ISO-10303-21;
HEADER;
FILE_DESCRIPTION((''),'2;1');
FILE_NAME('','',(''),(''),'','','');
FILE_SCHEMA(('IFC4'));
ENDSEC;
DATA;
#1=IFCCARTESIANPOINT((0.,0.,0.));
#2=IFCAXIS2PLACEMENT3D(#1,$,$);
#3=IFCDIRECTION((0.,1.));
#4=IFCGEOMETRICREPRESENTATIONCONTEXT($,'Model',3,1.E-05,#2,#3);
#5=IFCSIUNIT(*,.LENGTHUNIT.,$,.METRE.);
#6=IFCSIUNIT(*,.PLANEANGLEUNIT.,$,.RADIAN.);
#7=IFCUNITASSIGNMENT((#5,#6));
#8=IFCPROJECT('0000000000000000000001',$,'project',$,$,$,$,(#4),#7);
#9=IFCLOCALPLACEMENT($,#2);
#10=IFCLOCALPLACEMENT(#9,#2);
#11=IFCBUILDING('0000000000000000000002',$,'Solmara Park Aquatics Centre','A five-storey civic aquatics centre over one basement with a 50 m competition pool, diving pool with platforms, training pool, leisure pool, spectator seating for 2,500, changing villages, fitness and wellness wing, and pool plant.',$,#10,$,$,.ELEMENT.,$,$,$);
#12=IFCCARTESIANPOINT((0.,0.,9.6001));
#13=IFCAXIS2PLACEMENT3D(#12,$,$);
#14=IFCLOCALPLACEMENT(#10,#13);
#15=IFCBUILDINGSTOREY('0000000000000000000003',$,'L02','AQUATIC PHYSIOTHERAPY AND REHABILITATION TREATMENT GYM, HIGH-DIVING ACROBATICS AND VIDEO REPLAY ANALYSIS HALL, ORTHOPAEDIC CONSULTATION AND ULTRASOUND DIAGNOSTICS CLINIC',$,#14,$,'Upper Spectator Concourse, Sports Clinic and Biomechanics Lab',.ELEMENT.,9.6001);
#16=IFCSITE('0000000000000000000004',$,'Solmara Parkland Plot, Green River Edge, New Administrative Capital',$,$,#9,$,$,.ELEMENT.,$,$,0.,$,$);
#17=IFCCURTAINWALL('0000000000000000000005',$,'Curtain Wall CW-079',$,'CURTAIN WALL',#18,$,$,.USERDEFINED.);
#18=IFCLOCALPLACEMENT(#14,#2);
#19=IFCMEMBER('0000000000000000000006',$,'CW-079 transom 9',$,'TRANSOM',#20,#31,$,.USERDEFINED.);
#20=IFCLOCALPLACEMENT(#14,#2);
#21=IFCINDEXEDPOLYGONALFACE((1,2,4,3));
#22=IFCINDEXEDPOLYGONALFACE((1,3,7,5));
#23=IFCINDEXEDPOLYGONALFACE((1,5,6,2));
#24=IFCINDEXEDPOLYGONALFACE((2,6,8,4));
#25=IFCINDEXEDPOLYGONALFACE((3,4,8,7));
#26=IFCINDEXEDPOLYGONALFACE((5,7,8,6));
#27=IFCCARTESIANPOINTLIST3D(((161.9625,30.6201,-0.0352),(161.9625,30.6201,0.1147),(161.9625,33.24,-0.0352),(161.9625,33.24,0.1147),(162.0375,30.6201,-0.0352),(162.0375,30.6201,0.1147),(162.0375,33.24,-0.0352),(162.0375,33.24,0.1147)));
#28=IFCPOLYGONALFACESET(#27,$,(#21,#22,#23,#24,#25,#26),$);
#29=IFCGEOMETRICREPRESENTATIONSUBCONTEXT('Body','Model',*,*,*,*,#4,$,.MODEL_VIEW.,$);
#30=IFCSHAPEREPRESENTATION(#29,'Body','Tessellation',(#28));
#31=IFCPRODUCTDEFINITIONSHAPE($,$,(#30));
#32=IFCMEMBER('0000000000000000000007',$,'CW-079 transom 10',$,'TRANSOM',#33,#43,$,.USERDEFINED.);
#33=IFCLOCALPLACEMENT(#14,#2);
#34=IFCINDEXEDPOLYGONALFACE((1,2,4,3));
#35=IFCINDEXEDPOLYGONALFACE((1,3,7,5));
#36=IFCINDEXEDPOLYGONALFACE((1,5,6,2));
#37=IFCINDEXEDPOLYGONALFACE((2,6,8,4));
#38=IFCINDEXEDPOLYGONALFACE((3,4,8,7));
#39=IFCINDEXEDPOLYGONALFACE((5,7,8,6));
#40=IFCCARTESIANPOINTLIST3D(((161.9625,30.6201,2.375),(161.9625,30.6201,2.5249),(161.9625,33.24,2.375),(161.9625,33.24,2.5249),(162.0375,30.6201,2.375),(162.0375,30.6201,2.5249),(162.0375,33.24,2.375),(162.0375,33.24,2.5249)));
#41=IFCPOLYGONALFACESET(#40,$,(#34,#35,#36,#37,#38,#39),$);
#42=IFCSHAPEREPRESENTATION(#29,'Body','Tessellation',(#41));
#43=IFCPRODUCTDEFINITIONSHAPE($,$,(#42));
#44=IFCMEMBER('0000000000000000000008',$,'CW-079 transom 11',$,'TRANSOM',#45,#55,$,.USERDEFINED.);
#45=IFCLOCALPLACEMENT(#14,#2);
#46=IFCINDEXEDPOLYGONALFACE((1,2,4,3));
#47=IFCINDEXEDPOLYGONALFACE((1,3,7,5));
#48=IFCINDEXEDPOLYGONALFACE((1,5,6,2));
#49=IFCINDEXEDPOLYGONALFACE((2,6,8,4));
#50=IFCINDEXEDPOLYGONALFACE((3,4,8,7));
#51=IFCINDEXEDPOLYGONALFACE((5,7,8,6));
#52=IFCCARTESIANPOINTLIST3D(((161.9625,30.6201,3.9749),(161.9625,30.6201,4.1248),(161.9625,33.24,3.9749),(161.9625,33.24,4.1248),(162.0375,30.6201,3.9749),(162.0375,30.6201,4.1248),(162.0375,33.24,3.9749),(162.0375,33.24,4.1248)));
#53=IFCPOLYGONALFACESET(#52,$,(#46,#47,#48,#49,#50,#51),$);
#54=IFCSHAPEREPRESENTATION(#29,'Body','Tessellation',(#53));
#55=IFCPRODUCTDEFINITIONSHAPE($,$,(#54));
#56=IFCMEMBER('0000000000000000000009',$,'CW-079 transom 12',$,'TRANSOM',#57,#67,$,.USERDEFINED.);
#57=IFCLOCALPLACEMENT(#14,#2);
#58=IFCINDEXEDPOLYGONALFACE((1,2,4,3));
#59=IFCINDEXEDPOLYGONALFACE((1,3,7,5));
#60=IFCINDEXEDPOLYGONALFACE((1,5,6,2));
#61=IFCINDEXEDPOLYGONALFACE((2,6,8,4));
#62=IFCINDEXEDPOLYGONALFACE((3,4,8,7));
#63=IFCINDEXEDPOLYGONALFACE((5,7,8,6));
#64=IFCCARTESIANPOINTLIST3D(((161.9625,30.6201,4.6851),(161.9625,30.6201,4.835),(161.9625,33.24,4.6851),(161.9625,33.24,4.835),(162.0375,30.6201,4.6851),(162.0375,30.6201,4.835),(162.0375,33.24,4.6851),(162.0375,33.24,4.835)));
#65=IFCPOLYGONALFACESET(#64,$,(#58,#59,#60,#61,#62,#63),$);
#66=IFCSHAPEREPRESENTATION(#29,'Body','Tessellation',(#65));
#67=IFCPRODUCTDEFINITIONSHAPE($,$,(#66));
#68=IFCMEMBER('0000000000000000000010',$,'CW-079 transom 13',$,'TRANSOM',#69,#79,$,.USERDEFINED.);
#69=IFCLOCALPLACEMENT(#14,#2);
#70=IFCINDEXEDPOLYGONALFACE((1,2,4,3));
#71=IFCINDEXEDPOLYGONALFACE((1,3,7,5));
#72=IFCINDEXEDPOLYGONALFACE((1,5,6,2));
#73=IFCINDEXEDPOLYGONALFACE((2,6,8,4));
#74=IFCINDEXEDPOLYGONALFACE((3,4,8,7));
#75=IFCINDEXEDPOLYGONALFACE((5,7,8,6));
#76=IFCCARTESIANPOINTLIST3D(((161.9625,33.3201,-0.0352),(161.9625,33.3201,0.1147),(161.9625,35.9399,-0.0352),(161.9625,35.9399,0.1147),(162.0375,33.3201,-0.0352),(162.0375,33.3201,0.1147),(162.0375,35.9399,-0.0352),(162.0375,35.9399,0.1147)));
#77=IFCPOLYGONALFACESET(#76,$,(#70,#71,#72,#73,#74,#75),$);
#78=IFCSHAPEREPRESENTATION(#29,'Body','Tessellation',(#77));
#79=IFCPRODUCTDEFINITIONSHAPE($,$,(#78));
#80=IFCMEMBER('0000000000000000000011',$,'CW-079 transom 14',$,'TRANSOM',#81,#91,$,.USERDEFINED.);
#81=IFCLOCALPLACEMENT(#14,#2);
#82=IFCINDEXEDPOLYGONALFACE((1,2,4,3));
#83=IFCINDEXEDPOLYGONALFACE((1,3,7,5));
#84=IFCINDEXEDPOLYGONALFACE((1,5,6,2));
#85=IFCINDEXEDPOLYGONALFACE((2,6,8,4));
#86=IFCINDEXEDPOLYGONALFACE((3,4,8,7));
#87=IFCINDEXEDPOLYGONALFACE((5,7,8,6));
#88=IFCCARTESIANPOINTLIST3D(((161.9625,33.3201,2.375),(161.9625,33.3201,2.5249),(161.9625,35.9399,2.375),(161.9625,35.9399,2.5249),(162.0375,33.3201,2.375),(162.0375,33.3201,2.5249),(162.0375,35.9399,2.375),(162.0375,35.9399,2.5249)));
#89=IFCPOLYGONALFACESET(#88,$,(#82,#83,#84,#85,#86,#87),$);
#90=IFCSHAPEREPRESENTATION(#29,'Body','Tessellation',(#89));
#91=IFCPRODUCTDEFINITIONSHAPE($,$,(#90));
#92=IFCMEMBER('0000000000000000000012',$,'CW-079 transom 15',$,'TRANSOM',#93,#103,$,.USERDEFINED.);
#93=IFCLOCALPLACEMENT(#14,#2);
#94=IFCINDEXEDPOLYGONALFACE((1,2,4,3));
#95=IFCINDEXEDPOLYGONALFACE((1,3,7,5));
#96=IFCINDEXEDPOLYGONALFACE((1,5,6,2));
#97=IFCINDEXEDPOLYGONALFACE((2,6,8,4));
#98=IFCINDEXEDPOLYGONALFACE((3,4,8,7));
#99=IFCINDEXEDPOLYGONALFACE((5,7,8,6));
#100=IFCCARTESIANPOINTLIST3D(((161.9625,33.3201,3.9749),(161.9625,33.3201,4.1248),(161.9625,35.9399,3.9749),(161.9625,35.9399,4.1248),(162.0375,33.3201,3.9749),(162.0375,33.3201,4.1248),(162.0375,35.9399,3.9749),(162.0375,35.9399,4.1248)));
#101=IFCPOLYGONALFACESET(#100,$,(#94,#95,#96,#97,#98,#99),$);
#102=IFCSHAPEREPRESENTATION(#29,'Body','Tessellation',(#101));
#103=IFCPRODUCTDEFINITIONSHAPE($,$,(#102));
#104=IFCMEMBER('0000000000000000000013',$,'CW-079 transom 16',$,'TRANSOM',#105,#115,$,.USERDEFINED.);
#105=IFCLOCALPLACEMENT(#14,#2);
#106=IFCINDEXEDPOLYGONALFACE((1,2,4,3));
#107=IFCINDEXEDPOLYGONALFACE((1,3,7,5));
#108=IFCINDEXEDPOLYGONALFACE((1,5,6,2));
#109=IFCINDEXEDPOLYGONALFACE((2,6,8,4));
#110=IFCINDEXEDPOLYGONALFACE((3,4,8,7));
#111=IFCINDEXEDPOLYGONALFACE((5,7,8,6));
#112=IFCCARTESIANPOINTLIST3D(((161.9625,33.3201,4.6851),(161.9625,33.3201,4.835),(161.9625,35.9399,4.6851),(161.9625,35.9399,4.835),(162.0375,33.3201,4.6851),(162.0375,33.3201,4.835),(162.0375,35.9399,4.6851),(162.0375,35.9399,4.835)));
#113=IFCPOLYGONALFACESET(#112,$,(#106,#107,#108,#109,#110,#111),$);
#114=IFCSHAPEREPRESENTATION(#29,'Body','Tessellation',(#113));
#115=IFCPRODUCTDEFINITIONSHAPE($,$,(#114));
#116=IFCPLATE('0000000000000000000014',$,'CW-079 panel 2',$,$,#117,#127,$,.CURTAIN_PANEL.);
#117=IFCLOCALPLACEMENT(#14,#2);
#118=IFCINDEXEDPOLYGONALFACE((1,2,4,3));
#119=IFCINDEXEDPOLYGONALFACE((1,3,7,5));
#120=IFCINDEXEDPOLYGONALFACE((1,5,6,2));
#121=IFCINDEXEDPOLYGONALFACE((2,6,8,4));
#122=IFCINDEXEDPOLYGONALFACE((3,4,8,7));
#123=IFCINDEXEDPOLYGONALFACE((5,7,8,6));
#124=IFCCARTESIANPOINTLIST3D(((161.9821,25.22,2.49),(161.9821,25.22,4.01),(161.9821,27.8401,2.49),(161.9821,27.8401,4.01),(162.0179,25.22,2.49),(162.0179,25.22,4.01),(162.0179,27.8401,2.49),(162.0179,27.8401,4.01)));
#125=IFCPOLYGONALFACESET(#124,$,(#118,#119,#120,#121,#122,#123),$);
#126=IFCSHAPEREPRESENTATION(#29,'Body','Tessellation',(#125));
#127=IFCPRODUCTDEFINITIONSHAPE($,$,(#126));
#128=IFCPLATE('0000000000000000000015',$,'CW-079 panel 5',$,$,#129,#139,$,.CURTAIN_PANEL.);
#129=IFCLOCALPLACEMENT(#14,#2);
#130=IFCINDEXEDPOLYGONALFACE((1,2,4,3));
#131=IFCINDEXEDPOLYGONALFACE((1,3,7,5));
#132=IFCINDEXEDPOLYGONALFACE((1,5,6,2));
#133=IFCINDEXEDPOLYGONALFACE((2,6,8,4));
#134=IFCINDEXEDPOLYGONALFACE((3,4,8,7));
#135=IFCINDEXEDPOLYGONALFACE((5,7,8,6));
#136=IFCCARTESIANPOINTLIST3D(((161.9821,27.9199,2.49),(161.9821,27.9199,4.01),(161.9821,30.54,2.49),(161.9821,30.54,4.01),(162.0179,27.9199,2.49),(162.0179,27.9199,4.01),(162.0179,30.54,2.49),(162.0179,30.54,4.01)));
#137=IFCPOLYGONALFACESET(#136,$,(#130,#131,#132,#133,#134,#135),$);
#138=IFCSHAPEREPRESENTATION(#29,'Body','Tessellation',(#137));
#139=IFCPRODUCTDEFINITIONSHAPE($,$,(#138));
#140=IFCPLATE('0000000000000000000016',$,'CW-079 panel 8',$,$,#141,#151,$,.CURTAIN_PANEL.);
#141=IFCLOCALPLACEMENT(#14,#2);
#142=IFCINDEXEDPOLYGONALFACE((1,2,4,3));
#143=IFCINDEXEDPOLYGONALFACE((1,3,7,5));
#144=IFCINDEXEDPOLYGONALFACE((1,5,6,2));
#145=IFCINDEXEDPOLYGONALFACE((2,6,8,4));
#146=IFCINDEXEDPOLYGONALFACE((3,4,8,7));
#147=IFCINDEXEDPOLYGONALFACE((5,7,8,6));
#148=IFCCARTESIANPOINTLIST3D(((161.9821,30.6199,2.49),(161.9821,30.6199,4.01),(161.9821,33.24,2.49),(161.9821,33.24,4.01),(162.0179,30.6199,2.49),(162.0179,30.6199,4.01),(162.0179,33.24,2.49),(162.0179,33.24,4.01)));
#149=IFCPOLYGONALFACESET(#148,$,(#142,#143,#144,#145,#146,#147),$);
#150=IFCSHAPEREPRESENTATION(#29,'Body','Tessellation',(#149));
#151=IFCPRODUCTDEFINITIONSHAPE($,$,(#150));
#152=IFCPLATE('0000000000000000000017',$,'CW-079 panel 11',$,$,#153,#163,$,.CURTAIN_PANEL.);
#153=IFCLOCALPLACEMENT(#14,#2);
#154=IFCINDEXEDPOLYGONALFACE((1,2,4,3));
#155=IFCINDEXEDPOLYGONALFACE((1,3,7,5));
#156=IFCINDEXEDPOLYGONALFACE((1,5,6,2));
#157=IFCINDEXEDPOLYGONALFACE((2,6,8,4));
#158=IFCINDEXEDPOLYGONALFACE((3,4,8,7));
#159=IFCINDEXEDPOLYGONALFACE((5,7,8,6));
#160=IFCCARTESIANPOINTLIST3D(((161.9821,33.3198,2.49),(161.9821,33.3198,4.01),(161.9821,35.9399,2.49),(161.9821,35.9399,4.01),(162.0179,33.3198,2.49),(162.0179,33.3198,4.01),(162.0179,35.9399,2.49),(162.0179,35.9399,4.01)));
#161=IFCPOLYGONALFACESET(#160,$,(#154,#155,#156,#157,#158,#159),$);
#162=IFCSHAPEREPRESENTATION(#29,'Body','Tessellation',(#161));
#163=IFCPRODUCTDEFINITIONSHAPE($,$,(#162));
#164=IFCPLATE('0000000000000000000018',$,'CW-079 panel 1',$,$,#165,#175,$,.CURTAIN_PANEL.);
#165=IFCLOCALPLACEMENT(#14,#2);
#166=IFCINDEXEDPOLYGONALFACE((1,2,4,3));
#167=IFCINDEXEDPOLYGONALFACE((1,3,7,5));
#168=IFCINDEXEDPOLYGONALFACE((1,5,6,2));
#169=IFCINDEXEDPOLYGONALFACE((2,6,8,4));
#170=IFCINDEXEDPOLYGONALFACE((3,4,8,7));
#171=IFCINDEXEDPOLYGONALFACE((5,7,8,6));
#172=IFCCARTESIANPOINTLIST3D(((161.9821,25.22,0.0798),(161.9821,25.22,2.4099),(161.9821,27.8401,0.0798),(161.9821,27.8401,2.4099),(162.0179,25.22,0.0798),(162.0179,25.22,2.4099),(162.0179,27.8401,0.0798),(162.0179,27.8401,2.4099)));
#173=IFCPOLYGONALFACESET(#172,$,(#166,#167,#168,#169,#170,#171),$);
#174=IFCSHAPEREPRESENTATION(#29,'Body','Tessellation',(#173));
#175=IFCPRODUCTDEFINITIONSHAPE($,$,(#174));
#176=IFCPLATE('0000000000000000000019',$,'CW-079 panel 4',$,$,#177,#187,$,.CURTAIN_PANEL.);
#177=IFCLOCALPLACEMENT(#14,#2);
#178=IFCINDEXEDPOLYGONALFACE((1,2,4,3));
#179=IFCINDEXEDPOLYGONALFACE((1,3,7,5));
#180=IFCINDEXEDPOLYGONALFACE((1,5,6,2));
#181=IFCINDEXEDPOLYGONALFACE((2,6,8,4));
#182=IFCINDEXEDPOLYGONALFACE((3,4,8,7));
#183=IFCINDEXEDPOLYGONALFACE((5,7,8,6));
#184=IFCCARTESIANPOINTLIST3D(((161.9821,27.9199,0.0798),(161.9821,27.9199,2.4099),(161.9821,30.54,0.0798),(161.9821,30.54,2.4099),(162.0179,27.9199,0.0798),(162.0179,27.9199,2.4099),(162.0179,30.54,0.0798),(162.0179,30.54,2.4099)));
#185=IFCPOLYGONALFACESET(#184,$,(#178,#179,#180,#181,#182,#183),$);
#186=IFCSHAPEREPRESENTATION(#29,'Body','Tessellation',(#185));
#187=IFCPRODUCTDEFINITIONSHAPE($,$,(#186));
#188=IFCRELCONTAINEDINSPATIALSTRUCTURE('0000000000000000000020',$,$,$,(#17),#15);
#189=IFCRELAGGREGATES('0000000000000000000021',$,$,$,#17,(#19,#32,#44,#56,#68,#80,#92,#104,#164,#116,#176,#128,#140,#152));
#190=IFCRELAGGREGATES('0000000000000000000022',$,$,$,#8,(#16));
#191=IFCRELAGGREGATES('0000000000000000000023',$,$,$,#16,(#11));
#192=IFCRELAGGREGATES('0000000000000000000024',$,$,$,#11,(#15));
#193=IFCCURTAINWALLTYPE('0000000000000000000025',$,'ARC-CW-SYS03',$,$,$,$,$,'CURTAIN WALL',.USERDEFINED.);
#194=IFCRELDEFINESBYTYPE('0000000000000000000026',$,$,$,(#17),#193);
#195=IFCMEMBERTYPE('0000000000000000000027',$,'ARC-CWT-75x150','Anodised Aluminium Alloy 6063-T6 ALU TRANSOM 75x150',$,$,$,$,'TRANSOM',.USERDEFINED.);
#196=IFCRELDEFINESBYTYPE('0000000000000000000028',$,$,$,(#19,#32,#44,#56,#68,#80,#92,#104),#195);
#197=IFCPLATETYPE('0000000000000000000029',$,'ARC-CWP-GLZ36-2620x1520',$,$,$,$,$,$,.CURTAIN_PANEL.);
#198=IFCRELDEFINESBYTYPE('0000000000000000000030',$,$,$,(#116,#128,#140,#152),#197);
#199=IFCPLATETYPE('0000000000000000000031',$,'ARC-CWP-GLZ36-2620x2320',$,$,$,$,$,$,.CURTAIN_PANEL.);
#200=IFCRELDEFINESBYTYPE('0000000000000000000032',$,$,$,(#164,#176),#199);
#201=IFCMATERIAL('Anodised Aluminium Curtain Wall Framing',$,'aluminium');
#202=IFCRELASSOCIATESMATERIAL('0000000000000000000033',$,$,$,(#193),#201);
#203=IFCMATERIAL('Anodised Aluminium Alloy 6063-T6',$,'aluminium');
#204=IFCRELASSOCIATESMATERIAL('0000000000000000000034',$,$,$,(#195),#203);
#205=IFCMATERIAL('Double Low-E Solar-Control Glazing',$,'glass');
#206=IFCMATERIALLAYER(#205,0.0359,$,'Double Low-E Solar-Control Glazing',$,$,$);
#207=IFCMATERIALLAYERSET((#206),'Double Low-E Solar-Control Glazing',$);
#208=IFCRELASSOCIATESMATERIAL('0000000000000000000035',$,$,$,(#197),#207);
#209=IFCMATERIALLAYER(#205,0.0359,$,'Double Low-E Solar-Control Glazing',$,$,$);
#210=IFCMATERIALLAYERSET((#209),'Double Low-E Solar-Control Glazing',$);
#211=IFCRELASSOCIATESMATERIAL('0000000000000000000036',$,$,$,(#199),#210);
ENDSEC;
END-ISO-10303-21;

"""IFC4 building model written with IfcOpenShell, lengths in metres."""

from ifc_helpers import new_model, si_unit, direction, frame, origin, origin_2d, place, context, subcontext, project, spatial, rectangle, extrude, material, layer, layer_set, material_profile, profile_set, type_object, element, aggregate, save


model = new_model("IFC4")

# Units and contexts
model_context = context("Model", 3, precision=1e-05, world=origin(), true_north=direction((0.0, 1.0)))
body_context = subcontext(model_context, "Body", "Model", "MODEL_VIEW")
ifc_project = project(units=[si_unit("LENGTHUNIT", "METRE"), si_unit("PLANEANGLEUNIT", "RADIAN")], contexts=[model_context])

# Site, building, storey
site_placement = place(None, origin())
site = spatial("IfcSite", under=ifc_project, at=site_placement, Name="Solmara Parkland Plot, Green River Edge, New Administrative Capital", CompositionType="ELEMENT", RefElevation=0.0)
building_placement = place(site_placement, origin())
building = spatial("IfcBuilding", under=site, at=building_placement, Name="Solmara Park Aquatics Centre", Description="A five-storey civic aquatics centre over one basement with a 50 m competition pool, diving pool with platforms, training pool, leisure pool, spectator seating for 2,500, changing villages, fitness and wellness wing, and pool plant.", CompositionType="ELEMENT")
storey_placement = place(building_placement, frame((0.0, 0.0, 9.6001)))
storey = spatial("IfcBuildingStorey", under=building, at=storey_placement, Name="L02", Description="AQUATIC PHYSIOTHERAPY AND REHABILITATION TREATMENT GYM, HIGH-DIVING ACROBATICS AND VIDEO REPLAY ANALYSIS HALL, ORTHOPAEDIC CONSULTATION AND ULTRASOUND DIAGNOSTICS CLINIC", LongName="Upper Spectator Concourse, Sports Clinic and Biomechanics Lab", CompositionType="ELEMENT", Elevation=9.6001)

# Curtain wall, members, plates
ifc_material_1 = material(Name="Anodised Aluminium Curtain Wall Framing", Category="aluminium")
curtain_wall_type = type_object("IfcCurtainWallType", Name="ARC-CW-SYS03", ElementType="CURTAIN WALL", PredefinedType="USERDEFINED", material=ifc_material_1)
curtain_wall_placement = place(storey_placement, origin())
curtain_wall = element("IfcCurtainWall", 1, at=curtain_wall_placement, inside=storey, type_object=curtain_wall_type, Name="Curtain Wall CW-079", ObjectType="CURTAIN WALL", PredefinedType="USERDEFINED")
ifc_material_2 = material(Name="Anodised Aluminium Alloy 6063-T6", Category="aluminium")
ifc_material_profile_1 = material_profile(ifc_material_2, rectangle(XDim=0.075, YDim=0.1499, at=origin_2d()), Name="ALU TRANSOM 75x150")
ifc_profile_set_1 = profile_set([ifc_material_profile_1], Name="Anodised Aluminium Alloy 6063-T6")
member_type_1 = type_object("IfcMemberType", Name="ARC-CWT-75x150", Description="Anodised Aluminium Alloy 6063-T6 ALU TRANSOM 75x150", ElementType="TRANSOM", PredefinedType="USERDEFINED", material=ifc_profile_set_1)
member_1_placement = place(storey_placement, frame((162.0, 30.6201, 0.0398), z_axis=(0.0, 1.0, 0.0), x_axis=(-1.0, 0.0, 0.0)))
member_1 = element("IfcMember", 2, at=member_1_placement, type_object=member_type_1, Name="CW-079 transom 9", ObjectType="TRANSOM", PredefinedType="USERDEFINED", context=body_context, shape_type="SweptSolid", body=[
    extrude(rectangle(XDim=0.075, YDim=0.1499, at=origin_2d()), origin(), (0.0, 0.0, 1.0), 2.6199),
])
member_2_placement = place(storey_placement, frame((162.0, 30.6201, 2.45), z_axis=(0.0, 1.0, 0.0), x_axis=(-1.0, 0.0, 0.0)))
member_2 = element("IfcMember", 3, at=member_2_placement, type_object=member_type_1, Name="CW-079 transom 10", ObjectType="TRANSOM", PredefinedType="USERDEFINED", context=body_context, shape_type="SweptSolid", body=[
    extrude(rectangle(XDim=0.075, YDim=0.1499, at=origin_2d()), origin(), (0.0, 0.0, 1.0), 2.6199),
])
member_3_placement = place(storey_placement, frame((162.0, 30.6201, 4.0498), z_axis=(0.0, 1.0, 0.0), x_axis=(-1.0, 0.0, 0.0)))
member_3 = element("IfcMember", 4, at=member_3_placement, type_object=member_type_1, Name="CW-079 transom 11", ObjectType="TRANSOM", PredefinedType="USERDEFINED", context=body_context, shape_type="SweptSolid", body=[
    extrude(rectangle(XDim=0.075, YDim=0.1499, at=origin_2d()), origin(), (0.0, 0.0, 1.0), 2.6199),
])
member_4_placement = place(storey_placement, frame((162.0, 30.6201, 4.76), z_axis=(0.0, 1.0, 0.0), x_axis=(-1.0, 0.0, 0.0)))
member_4 = element("IfcMember", 5, at=member_4_placement, type_object=member_type_1, Name="CW-079 transom 12", ObjectType="TRANSOM", PredefinedType="USERDEFINED", context=body_context, shape_type="SweptSolid", body=[
    extrude(rectangle(XDim=0.075, YDim=0.1499, at=origin_2d()), origin(), (0.0, 0.0, 1.0), 2.6199),
])
member_5_placement = place(storey_placement, frame((162.0, 33.3201, 0.0398), z_axis=(0.0, 1.0, 0.0), x_axis=(-1.0, 0.0, 0.0)))
member_5 = element("IfcMember", 6, at=member_5_placement, type_object=member_type_1, Name="CW-079 transom 13", ObjectType="TRANSOM", PredefinedType="USERDEFINED", context=body_context, shape_type="SweptSolid", body=[
    extrude(rectangle(XDim=0.075, YDim=0.1499, at=origin_2d()), origin(), (0.0, 0.0, 1.0), 2.6199),
])
member_6_placement = place(storey_placement, frame((162.0, 33.3201, 2.45), z_axis=(0.0, 1.0, 0.0), x_axis=(-1.0, 0.0, 0.0)))
member_6 = element("IfcMember", 7, at=member_6_placement, type_object=member_type_1, Name="CW-079 transom 14", ObjectType="TRANSOM", PredefinedType="USERDEFINED", context=body_context, shape_type="SweptSolid", body=[
    extrude(rectangle(XDim=0.075, YDim=0.1499, at=origin_2d()), origin(), (0.0, 0.0, 1.0), 2.6199),
])
member_7_placement = place(storey_placement, frame((162.0, 33.3201, 4.0498), z_axis=(0.0, 1.0, 0.0), x_axis=(-1.0, 0.0, 0.0)))
member_7 = element("IfcMember", 8, at=member_7_placement, type_object=member_type_1, Name="CW-079 transom 15", ObjectType="TRANSOM", PredefinedType="USERDEFINED", context=body_context, shape_type="SweptSolid", body=[
    extrude(rectangle(XDim=0.075, YDim=0.1499, at=origin_2d()), origin(), (0.0, 0.0, 1.0), 2.6199),
])
member_8_placement = place(storey_placement, frame((162.0, 33.3201, 4.76), z_axis=(0.0, 1.0, 0.0), x_axis=(-1.0, 0.0, 0.0)))
member_8 = element("IfcMember", 9, at=member_8_placement, type_object=member_type_1, Name="CW-079 transom 16", ObjectType="TRANSOM", PredefinedType="USERDEFINED", context=body_context, shape_type="SweptSolid", body=[
    extrude(rectangle(XDim=0.075, YDim=0.1499, at=origin_2d()), origin(), (0.0, 0.0, 1.0), 2.6199),
])
ifc_material_3 = material(Name="Double Low-E Solar-Control Glazing", Category="glass")
ifc_layer_1 = layer(ifc_material_3, 0.0359, Name="Double Low-E Solar-Control Glazing")
ifc_layer_set_1 = layer_set([ifc_layer_1], Name="Double Low-E Solar-Control Glazing")
plate_type_1 = type_object("IfcPlateType", Name="ARC-CWP-GLZ36-2620x1520", PredefinedType="CURTAIN_PANEL", material=ifc_layer_set_1)
plate_1_placement = place(storey_placement, frame((162.0, 26.53, 2.49), z_axis=(0.0, 0.0, 1.0), x_axis=(0.0, 1.0, 0.0)))
plate_1 = element("IfcPlate", 10, at=plate_1_placement, type_object=plate_type_1, Name="CW-079 panel 2", PredefinedType="CURTAIN_PANEL", context=body_context, shape_type="SweptSolid", body=[
    extrude(rectangle(XDim=2.6201, YDim=0.0359, at=origin_2d()), origin(), (0.0, 0.0, 1.0), 1.52),
])
plate_2_placement = place(storey_placement, frame((162.0, 29.23, 2.49), z_axis=(0.0, 0.0, 1.0), x_axis=(0.0, 1.0, 0.0)))
plate_2 = element("IfcPlate", 11, at=plate_2_placement, type_object=plate_type_1, Name="CW-079 panel 5", PredefinedType="CURTAIN_PANEL", context=body_context, shape_type="SweptSolid", body=[
    extrude(rectangle(XDim=2.6201, YDim=0.0359, at=origin_2d()), origin(), (0.0, 0.0, 1.0), 1.52),
])
plate_3_placement = place(storey_placement, frame((162.0, 31.9299, 2.49), z_axis=(0.0, 0.0, 1.0), x_axis=(0.0, 1.0, 0.0)))
plate_3 = element("IfcPlate", 12, at=plate_3_placement, type_object=plate_type_1, Name="CW-079 panel 8", PredefinedType="CURTAIN_PANEL", context=body_context, shape_type="SweptSolid", body=[
    extrude(rectangle(XDim=2.6201, YDim=0.0359, at=origin_2d()), origin(), (0.0, 0.0, 1.0), 1.52),
])
plate_4_placement = place(storey_placement, frame((162.0, 34.6299, 2.49), z_axis=(0.0, 0.0, 1.0), x_axis=(0.0, 1.0, 0.0)))
plate_4 = element("IfcPlate", 13, at=plate_4_placement, type_object=plate_type_1, Name="CW-079 panel 11", PredefinedType="CURTAIN_PANEL", context=body_context, shape_type="SweptSolid", body=[
    extrude(rectangle(XDim=2.6201, YDim=0.0359, at=origin_2d()), origin(), (0.0, 0.0, 1.0), 1.52),
])
ifc_layer_2 = layer(ifc_material_3, 0.0359, Name="Double Low-E Solar-Control Glazing")
ifc_layer_set_2 = layer_set([ifc_layer_2], Name="Double Low-E Solar-Control Glazing")
plate_type_2 = type_object("IfcPlateType", Name="ARC-CWP-GLZ36-2620x2320", PredefinedType="CURTAIN_PANEL", material=ifc_layer_set_2)
plate_5_placement = place(storey_placement, frame((162.0, 26.53, 0.0798), z_axis=(0.0, 0.0, 1.0), x_axis=(0.0, 1.0, 0.0)))
plate_5 = element("IfcPlate", 14, at=plate_5_placement, type_object=plate_type_2, Name="CW-079 panel 1", PredefinedType="CURTAIN_PANEL", context=body_context, shape_type="SweptSolid", body=[
    extrude(rectangle(XDim=2.6201, YDim=0.0359, at=origin_2d()), origin(), (0.0, 0.0, 1.0), 2.3301),
])
plate_6_placement = place(storey_placement, frame((162.0, 29.23, 0.0798), z_axis=(0.0, 0.0, 1.0), x_axis=(0.0, 1.0, 0.0)))
plate_6 = element("IfcPlate", 15, at=plate_6_placement, type_object=plate_type_2, Name="CW-079 panel 4", PredefinedType="CURTAIN_PANEL", context=body_context, shape_type="SweptSolid", body=[
    extrude(rectangle(XDim=2.6201, YDim=0.0359, at=origin_2d()), origin(), (0.0, 0.0, 1.0), 2.3301),
])
aggregate(curtain_wall, [member_1, member_2, member_3, member_4, member_5, member_6, member_7, member_8, plate_5, plate_1, plate_6, plate_2, plate_3, plate_4])

save(model, "model.ifc")
